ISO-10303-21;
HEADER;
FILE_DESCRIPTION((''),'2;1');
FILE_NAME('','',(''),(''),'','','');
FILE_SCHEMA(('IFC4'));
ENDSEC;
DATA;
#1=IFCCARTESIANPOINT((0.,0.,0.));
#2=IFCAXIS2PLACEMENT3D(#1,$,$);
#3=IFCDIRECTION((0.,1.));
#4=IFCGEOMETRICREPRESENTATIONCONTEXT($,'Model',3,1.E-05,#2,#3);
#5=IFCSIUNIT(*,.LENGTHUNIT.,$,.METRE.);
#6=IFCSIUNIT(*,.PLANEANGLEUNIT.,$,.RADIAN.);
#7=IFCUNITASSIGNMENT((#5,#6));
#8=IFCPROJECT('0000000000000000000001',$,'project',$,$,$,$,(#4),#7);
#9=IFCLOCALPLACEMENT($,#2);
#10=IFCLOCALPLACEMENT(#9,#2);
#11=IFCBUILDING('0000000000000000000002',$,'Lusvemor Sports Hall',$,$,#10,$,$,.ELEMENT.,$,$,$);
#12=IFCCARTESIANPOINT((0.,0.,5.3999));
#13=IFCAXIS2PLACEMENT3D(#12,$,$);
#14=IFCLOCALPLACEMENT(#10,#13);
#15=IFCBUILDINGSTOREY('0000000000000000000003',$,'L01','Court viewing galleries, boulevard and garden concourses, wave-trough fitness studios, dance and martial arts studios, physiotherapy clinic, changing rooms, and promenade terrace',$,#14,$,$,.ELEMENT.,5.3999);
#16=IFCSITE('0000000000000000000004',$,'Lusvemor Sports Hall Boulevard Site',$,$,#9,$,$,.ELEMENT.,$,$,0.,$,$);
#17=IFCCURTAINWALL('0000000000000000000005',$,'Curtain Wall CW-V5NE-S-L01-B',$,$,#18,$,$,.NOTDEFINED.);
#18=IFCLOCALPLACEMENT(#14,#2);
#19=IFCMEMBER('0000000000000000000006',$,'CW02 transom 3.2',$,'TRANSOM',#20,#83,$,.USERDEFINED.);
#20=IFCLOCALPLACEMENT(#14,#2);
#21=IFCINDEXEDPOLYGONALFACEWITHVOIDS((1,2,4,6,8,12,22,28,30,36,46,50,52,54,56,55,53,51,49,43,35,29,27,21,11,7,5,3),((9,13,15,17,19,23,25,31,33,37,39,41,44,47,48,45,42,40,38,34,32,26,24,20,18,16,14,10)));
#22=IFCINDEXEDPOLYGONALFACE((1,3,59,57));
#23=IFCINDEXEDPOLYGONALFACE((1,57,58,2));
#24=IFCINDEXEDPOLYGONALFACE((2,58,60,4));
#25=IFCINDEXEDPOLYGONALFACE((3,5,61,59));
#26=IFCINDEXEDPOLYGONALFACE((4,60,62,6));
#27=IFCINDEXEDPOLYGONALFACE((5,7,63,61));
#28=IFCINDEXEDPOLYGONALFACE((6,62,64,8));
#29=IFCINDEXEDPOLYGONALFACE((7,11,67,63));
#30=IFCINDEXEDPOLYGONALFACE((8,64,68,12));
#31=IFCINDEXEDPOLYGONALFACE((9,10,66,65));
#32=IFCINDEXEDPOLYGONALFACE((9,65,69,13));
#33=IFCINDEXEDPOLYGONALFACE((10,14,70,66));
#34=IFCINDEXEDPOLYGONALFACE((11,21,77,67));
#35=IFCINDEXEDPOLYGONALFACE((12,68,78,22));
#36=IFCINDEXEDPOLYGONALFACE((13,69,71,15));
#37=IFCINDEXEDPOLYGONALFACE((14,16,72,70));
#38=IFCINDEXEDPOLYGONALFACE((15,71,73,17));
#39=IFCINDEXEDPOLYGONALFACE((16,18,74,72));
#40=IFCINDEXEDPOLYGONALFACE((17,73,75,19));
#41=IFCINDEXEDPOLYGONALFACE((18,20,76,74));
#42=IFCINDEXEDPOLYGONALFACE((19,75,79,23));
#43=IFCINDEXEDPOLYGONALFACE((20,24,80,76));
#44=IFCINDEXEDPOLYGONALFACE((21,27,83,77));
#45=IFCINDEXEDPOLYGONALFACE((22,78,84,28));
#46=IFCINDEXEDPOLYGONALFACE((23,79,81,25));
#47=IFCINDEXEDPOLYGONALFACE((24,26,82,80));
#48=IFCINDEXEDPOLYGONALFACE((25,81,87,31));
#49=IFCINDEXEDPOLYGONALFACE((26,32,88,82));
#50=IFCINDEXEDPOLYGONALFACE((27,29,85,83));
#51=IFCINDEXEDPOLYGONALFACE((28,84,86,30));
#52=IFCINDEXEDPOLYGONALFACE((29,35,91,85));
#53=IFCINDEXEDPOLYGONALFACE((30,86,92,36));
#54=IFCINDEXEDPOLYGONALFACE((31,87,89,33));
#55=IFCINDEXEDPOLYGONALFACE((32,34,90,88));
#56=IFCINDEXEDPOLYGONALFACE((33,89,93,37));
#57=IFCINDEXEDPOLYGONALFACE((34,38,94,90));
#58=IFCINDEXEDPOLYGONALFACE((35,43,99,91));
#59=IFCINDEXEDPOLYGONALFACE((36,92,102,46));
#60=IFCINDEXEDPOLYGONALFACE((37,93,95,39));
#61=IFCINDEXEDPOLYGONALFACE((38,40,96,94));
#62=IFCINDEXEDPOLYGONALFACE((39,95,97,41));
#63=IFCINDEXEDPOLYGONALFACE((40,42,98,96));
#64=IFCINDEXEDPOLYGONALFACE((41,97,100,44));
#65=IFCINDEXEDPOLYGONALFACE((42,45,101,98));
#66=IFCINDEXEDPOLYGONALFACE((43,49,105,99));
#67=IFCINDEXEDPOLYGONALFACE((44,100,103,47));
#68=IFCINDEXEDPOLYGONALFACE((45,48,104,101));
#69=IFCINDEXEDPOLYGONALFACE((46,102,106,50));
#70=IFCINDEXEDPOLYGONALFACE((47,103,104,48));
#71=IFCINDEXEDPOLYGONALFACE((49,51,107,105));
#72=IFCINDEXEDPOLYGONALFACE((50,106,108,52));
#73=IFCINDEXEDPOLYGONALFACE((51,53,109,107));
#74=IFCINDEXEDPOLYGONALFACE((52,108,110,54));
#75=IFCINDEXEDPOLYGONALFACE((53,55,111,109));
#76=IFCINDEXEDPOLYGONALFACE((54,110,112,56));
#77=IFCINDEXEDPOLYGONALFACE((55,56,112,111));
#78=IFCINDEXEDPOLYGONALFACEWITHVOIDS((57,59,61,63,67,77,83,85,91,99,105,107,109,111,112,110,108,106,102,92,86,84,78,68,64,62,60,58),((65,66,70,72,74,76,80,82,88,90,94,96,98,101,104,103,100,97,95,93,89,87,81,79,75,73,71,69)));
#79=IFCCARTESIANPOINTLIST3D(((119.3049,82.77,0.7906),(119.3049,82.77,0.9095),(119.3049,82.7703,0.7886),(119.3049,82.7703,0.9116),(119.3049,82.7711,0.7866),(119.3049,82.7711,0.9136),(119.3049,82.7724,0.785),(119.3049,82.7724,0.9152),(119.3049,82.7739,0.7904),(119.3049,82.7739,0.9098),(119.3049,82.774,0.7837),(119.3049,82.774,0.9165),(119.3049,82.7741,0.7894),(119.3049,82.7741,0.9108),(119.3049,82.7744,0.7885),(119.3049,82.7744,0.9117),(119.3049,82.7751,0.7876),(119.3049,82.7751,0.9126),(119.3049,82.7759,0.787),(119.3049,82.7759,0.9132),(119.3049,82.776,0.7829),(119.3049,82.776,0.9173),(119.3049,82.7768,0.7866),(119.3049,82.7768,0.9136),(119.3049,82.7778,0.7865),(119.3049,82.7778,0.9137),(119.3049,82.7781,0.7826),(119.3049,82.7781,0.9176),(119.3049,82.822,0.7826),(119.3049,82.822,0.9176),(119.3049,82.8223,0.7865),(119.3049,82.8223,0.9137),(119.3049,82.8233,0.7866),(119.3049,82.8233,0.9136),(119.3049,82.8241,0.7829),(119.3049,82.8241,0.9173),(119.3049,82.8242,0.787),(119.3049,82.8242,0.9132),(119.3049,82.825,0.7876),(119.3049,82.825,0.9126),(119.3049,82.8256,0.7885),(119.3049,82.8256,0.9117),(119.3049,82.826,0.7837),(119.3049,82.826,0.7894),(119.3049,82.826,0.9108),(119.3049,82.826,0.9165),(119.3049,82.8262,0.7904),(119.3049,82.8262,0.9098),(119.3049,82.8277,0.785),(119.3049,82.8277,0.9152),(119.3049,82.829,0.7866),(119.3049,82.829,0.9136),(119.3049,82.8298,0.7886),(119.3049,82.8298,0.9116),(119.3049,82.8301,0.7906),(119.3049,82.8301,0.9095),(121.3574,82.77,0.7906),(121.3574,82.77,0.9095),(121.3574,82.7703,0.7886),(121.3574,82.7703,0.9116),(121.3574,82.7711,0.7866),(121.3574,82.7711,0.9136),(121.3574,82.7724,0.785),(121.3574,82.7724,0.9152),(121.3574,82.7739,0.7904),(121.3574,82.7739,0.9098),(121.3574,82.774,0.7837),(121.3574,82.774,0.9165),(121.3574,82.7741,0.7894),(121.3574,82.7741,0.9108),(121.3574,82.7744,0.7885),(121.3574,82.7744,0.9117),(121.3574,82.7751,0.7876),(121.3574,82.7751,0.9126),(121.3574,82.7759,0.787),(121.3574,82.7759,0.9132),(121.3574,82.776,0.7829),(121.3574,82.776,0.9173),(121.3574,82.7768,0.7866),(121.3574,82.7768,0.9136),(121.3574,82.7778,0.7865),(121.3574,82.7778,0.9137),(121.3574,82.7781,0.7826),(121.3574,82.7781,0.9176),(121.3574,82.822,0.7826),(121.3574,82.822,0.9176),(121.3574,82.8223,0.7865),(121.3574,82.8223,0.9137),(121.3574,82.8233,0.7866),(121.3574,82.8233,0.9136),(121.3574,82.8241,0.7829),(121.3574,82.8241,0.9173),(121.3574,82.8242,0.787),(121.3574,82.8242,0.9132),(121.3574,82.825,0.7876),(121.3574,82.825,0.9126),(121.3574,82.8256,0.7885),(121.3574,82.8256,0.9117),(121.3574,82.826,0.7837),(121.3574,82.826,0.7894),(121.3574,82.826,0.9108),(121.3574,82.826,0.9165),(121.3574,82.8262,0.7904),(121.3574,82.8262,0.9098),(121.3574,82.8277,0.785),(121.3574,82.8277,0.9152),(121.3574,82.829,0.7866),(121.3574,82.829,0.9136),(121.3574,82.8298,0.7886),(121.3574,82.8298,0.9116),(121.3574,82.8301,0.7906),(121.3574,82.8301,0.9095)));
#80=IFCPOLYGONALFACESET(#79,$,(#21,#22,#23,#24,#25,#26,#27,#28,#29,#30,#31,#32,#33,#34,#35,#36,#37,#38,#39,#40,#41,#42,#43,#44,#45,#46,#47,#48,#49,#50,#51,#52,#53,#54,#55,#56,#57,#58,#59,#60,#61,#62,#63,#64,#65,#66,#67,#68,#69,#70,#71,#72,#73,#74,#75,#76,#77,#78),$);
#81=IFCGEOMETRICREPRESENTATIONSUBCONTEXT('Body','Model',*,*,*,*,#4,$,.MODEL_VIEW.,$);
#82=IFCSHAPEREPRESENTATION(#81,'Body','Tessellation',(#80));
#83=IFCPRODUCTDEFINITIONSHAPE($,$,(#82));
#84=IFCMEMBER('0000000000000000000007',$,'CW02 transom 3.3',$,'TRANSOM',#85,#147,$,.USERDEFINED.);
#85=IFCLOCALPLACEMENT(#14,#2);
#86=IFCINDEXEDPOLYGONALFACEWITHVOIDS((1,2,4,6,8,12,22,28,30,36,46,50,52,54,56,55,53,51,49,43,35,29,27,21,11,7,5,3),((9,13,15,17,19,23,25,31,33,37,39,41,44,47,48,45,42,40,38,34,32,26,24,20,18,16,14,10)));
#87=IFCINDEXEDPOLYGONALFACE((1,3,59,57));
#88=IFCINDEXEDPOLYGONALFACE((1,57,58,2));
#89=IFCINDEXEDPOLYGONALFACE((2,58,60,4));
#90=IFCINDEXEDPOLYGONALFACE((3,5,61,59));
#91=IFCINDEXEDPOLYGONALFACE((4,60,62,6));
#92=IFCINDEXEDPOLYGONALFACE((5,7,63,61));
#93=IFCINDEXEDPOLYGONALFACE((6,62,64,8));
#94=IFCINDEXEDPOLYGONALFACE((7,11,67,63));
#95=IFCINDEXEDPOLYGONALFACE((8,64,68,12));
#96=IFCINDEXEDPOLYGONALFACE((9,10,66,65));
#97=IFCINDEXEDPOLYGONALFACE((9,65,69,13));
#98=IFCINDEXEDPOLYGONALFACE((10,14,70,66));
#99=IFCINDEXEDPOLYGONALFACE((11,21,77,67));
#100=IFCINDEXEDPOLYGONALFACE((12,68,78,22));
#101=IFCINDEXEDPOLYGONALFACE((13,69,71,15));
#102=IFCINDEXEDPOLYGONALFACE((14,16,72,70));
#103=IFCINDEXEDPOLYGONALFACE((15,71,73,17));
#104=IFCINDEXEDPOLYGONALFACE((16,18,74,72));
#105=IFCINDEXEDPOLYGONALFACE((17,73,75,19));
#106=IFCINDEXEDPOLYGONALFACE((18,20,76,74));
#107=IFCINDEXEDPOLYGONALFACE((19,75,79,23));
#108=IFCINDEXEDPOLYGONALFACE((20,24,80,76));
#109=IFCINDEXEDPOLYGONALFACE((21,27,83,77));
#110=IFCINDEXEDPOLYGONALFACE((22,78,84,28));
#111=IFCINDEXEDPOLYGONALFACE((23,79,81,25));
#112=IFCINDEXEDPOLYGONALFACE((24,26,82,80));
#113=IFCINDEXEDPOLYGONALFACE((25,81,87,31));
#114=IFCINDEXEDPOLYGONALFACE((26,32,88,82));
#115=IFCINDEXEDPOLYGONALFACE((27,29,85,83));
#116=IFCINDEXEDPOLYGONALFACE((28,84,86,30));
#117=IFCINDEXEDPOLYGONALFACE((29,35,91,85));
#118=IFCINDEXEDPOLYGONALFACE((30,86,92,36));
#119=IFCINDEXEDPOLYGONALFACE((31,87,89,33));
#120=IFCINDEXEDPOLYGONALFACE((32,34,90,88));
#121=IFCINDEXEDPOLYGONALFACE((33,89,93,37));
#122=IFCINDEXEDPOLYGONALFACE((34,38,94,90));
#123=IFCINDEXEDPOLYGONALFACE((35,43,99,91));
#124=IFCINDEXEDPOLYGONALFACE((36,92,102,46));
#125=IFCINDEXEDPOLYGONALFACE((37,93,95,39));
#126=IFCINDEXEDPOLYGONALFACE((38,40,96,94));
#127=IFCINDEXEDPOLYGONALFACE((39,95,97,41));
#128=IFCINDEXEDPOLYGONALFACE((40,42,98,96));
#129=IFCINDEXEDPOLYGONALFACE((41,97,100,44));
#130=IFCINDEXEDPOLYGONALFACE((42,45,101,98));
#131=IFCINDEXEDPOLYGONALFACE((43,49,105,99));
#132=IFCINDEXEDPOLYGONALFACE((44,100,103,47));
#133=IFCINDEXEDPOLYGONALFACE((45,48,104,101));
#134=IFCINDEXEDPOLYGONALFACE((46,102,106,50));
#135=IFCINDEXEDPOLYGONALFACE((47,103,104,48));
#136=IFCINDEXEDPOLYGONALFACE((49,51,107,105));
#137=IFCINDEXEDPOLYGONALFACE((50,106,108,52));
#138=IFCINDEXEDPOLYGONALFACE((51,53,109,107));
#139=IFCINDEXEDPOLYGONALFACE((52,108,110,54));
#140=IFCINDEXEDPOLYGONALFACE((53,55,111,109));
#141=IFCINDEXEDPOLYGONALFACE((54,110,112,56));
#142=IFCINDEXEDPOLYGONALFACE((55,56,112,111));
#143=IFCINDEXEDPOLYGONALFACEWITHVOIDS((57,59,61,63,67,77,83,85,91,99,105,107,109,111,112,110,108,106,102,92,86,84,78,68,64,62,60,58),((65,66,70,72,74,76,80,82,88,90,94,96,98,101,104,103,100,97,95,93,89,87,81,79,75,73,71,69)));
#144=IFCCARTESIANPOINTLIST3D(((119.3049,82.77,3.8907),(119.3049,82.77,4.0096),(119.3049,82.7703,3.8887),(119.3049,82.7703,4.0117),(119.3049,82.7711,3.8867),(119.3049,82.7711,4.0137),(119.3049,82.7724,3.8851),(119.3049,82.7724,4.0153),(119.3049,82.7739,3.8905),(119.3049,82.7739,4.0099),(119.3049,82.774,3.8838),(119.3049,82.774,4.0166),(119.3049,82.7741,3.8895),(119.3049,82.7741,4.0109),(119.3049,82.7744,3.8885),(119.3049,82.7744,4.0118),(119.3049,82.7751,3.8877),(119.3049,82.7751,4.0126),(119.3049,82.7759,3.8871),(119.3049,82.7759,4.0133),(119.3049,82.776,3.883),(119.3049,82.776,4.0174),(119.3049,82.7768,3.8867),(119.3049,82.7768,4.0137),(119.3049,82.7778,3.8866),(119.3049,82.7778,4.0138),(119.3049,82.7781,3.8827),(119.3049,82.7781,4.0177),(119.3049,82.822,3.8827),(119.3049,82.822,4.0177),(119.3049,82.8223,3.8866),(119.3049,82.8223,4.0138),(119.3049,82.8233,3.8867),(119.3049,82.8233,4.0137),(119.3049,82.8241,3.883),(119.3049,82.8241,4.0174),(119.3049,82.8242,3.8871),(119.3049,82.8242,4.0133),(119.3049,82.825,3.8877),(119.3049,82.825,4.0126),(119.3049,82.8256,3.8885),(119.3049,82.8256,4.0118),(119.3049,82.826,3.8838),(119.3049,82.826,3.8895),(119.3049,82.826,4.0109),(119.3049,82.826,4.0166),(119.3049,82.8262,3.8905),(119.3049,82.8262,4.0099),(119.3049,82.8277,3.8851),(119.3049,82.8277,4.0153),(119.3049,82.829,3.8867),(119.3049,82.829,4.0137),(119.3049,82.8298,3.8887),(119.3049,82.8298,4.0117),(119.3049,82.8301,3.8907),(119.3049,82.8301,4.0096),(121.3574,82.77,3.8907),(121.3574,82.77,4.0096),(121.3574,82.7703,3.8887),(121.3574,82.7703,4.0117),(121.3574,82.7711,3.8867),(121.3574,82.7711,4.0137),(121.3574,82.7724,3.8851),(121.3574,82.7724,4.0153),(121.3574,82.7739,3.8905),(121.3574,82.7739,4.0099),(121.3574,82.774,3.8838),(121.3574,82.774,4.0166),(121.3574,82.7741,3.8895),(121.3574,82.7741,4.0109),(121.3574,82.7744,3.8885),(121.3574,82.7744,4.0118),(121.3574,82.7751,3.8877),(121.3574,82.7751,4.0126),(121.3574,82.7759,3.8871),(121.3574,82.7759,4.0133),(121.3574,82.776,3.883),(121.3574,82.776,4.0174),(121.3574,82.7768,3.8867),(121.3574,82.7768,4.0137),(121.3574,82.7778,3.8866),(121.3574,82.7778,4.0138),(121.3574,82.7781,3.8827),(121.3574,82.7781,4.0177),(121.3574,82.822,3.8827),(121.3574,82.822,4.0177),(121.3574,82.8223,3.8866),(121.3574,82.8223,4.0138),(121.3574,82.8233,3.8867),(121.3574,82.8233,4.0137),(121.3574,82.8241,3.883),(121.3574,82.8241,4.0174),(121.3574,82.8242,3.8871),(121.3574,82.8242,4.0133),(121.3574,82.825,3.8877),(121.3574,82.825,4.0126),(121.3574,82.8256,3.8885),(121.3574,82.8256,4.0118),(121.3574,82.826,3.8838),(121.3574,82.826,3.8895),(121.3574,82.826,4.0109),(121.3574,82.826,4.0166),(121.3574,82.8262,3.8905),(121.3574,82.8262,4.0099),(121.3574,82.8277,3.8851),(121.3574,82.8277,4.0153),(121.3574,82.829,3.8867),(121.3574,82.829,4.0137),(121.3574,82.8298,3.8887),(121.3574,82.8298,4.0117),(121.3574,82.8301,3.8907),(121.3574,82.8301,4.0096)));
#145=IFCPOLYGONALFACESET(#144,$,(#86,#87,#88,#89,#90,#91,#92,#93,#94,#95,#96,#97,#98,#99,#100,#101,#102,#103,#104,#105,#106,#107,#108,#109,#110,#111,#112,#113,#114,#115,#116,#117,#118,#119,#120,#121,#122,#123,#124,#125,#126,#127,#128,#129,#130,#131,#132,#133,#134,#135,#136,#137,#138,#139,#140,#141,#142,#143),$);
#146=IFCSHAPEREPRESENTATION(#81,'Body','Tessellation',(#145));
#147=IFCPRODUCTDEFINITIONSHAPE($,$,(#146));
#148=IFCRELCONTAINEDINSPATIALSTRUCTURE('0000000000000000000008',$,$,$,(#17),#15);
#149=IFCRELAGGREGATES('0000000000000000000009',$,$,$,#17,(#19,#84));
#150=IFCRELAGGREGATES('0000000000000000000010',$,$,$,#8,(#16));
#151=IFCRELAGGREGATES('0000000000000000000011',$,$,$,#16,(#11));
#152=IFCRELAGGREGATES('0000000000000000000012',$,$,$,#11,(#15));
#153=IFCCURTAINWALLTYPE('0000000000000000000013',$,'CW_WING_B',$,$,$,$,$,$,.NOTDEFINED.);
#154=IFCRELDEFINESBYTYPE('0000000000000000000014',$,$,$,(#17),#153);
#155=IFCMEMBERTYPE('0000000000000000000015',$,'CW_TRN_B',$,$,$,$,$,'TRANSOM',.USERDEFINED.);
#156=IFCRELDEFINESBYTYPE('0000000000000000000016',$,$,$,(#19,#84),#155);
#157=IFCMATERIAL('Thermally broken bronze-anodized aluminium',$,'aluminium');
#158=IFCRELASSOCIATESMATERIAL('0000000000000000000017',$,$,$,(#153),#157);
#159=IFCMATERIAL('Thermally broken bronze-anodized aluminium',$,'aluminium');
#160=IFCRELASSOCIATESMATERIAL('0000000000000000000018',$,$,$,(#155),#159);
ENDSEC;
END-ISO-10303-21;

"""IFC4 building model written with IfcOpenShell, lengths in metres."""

from ifc_helpers import new_model, si_unit, direction, frame, origin, origin_2d, place, context, subcontext, project, spatial, hollow_rectangle, extrude, material, material_profile, profile_set, type_object, element, aggregate, save


model = new_model("IFC4")

# Units and contexts
model_context = context("Model", 3, precision=1e-05, world=origin(), true_north=direction((0.0, 1.0)))
body_context = subcontext(model_context, "Body", "Model", "MODEL_VIEW")
ifc_project = project(units=[si_unit("LENGTHUNIT", "METRE"), si_unit("PLANEANGLEUNIT", "RADIAN")], contexts=[model_context])

# Site, building, storey
site_placement = place(None, origin())
site = spatial("IfcSite", under=ifc_project, at=site_placement, Name="Lusvemor Sports Hall Boulevard Site", CompositionType="ELEMENT", RefElevation=0.0)
building_placement = place(site_placement, origin())
building = spatial("IfcBuilding", under=site, at=building_placement, Name="Lusvemor Sports Hall", CompositionType="ELEMENT")
storey_placement = place(building_placement, frame((0.0, 0.0, 5.3999)))
storey = spatial("IfcBuildingStorey", under=building, at=storey_placement, Name="L01", Description="Court viewing galleries, boulevard and garden concourses, wave-trough fitness studios, dance and martial arts studios, physiotherapy clinic, changing rooms, and promenade terrace", CompositionType="ELEMENT", Elevation=5.3999)

# Shared definitions
ifc_material_1 = material(Name="Thermally broken bronze-anodized aluminium", Category="aluminium")
curtain_wall_type = type_object("IfcCurtainWallType", Name="CW_WING_B", PredefinedType="NOTDEFINED", material=ifc_material_1)

# Curtain wall, members
curtain_wall_1_placement = place(storey_placement, origin())
curtain_wall_1 = element("IfcCurtainWall", 1, at=curtain_wall_1_placement, inside=storey, type_object=curtain_wall_type, Name="Curtain Wall CW-V5NE-S-L01-B", PredefinedType="NOTDEFINED")
ifc_material_2 = material(Name="Thermally broken bronze-anodized aluminium", Category="aluminium")
ifc_material_profile_1 = material_profile(ifc_material_2, hollow_rectangle(XDim=0.0601, YDim=0.135, WallThickness=0.0039, InnerFilletRadius=0.0039, OuterFilletRadius=0.0081, at=origin_2d()), Name="CWTRN135x60x4")
ifc_profile_set_1 = profile_set([ifc_material_profile_1], Name="Thermally broken bronze-anodized aluminium")
member_type_1 = type_object("IfcMemberType", Name="CW_TRN_B", ElementType="TRANSOM", PredefinedType="USERDEFINED", material=ifc_profile_set_1)
member_1_placement = place(storey_placement, frame((121.3574, 82.8, 0.8501), z_axis=(-1.0, 0.0, 0.0), x_axis=(0.0, -1.0, 0.0)))
member_1 = element("IfcMember", 2, at=member_1_placement, type_object=member_type_1, Name="CW02 transom 3.2", ObjectType="TRANSOM", PredefinedType="USERDEFINED", context=body_context, shape_type="SweptSolid", body=[
    extrude(hollow_rectangle(XDim=0.0601, YDim=0.135, WallThickness=0.0039, InnerFilletRadius=0.0039, OuterFilletRadius=0.0081, at=origin_2d()), origin(), (0.0, 0.0, 1.0), 2.0525),
])
member_2_placement = place(storey_placement, frame((121.3574, 82.8, 3.9502), z_axis=(-1.0, 0.0, 0.0), x_axis=(0.0, -1.0, 0.0)))
member_2 = element("IfcMember", 3, at=member_2_placement, type_object=member_type_1, Name="CW02 transom 3.3", ObjectType="TRANSOM", PredefinedType="USERDEFINED", context=body_context, shape_type="SweptSolid", body=[
    extrude(hollow_rectangle(XDim=0.0601, YDim=0.135, WallThickness=0.0039, InnerFilletRadius=0.0039, OuterFilletRadius=0.0081, at=origin_2d()), origin(), (0.0, 0.0, 1.0), 2.0525),
])

aggregate(curtain_wall_1, [member_1, member_2])

save(model, "model.ifc")
